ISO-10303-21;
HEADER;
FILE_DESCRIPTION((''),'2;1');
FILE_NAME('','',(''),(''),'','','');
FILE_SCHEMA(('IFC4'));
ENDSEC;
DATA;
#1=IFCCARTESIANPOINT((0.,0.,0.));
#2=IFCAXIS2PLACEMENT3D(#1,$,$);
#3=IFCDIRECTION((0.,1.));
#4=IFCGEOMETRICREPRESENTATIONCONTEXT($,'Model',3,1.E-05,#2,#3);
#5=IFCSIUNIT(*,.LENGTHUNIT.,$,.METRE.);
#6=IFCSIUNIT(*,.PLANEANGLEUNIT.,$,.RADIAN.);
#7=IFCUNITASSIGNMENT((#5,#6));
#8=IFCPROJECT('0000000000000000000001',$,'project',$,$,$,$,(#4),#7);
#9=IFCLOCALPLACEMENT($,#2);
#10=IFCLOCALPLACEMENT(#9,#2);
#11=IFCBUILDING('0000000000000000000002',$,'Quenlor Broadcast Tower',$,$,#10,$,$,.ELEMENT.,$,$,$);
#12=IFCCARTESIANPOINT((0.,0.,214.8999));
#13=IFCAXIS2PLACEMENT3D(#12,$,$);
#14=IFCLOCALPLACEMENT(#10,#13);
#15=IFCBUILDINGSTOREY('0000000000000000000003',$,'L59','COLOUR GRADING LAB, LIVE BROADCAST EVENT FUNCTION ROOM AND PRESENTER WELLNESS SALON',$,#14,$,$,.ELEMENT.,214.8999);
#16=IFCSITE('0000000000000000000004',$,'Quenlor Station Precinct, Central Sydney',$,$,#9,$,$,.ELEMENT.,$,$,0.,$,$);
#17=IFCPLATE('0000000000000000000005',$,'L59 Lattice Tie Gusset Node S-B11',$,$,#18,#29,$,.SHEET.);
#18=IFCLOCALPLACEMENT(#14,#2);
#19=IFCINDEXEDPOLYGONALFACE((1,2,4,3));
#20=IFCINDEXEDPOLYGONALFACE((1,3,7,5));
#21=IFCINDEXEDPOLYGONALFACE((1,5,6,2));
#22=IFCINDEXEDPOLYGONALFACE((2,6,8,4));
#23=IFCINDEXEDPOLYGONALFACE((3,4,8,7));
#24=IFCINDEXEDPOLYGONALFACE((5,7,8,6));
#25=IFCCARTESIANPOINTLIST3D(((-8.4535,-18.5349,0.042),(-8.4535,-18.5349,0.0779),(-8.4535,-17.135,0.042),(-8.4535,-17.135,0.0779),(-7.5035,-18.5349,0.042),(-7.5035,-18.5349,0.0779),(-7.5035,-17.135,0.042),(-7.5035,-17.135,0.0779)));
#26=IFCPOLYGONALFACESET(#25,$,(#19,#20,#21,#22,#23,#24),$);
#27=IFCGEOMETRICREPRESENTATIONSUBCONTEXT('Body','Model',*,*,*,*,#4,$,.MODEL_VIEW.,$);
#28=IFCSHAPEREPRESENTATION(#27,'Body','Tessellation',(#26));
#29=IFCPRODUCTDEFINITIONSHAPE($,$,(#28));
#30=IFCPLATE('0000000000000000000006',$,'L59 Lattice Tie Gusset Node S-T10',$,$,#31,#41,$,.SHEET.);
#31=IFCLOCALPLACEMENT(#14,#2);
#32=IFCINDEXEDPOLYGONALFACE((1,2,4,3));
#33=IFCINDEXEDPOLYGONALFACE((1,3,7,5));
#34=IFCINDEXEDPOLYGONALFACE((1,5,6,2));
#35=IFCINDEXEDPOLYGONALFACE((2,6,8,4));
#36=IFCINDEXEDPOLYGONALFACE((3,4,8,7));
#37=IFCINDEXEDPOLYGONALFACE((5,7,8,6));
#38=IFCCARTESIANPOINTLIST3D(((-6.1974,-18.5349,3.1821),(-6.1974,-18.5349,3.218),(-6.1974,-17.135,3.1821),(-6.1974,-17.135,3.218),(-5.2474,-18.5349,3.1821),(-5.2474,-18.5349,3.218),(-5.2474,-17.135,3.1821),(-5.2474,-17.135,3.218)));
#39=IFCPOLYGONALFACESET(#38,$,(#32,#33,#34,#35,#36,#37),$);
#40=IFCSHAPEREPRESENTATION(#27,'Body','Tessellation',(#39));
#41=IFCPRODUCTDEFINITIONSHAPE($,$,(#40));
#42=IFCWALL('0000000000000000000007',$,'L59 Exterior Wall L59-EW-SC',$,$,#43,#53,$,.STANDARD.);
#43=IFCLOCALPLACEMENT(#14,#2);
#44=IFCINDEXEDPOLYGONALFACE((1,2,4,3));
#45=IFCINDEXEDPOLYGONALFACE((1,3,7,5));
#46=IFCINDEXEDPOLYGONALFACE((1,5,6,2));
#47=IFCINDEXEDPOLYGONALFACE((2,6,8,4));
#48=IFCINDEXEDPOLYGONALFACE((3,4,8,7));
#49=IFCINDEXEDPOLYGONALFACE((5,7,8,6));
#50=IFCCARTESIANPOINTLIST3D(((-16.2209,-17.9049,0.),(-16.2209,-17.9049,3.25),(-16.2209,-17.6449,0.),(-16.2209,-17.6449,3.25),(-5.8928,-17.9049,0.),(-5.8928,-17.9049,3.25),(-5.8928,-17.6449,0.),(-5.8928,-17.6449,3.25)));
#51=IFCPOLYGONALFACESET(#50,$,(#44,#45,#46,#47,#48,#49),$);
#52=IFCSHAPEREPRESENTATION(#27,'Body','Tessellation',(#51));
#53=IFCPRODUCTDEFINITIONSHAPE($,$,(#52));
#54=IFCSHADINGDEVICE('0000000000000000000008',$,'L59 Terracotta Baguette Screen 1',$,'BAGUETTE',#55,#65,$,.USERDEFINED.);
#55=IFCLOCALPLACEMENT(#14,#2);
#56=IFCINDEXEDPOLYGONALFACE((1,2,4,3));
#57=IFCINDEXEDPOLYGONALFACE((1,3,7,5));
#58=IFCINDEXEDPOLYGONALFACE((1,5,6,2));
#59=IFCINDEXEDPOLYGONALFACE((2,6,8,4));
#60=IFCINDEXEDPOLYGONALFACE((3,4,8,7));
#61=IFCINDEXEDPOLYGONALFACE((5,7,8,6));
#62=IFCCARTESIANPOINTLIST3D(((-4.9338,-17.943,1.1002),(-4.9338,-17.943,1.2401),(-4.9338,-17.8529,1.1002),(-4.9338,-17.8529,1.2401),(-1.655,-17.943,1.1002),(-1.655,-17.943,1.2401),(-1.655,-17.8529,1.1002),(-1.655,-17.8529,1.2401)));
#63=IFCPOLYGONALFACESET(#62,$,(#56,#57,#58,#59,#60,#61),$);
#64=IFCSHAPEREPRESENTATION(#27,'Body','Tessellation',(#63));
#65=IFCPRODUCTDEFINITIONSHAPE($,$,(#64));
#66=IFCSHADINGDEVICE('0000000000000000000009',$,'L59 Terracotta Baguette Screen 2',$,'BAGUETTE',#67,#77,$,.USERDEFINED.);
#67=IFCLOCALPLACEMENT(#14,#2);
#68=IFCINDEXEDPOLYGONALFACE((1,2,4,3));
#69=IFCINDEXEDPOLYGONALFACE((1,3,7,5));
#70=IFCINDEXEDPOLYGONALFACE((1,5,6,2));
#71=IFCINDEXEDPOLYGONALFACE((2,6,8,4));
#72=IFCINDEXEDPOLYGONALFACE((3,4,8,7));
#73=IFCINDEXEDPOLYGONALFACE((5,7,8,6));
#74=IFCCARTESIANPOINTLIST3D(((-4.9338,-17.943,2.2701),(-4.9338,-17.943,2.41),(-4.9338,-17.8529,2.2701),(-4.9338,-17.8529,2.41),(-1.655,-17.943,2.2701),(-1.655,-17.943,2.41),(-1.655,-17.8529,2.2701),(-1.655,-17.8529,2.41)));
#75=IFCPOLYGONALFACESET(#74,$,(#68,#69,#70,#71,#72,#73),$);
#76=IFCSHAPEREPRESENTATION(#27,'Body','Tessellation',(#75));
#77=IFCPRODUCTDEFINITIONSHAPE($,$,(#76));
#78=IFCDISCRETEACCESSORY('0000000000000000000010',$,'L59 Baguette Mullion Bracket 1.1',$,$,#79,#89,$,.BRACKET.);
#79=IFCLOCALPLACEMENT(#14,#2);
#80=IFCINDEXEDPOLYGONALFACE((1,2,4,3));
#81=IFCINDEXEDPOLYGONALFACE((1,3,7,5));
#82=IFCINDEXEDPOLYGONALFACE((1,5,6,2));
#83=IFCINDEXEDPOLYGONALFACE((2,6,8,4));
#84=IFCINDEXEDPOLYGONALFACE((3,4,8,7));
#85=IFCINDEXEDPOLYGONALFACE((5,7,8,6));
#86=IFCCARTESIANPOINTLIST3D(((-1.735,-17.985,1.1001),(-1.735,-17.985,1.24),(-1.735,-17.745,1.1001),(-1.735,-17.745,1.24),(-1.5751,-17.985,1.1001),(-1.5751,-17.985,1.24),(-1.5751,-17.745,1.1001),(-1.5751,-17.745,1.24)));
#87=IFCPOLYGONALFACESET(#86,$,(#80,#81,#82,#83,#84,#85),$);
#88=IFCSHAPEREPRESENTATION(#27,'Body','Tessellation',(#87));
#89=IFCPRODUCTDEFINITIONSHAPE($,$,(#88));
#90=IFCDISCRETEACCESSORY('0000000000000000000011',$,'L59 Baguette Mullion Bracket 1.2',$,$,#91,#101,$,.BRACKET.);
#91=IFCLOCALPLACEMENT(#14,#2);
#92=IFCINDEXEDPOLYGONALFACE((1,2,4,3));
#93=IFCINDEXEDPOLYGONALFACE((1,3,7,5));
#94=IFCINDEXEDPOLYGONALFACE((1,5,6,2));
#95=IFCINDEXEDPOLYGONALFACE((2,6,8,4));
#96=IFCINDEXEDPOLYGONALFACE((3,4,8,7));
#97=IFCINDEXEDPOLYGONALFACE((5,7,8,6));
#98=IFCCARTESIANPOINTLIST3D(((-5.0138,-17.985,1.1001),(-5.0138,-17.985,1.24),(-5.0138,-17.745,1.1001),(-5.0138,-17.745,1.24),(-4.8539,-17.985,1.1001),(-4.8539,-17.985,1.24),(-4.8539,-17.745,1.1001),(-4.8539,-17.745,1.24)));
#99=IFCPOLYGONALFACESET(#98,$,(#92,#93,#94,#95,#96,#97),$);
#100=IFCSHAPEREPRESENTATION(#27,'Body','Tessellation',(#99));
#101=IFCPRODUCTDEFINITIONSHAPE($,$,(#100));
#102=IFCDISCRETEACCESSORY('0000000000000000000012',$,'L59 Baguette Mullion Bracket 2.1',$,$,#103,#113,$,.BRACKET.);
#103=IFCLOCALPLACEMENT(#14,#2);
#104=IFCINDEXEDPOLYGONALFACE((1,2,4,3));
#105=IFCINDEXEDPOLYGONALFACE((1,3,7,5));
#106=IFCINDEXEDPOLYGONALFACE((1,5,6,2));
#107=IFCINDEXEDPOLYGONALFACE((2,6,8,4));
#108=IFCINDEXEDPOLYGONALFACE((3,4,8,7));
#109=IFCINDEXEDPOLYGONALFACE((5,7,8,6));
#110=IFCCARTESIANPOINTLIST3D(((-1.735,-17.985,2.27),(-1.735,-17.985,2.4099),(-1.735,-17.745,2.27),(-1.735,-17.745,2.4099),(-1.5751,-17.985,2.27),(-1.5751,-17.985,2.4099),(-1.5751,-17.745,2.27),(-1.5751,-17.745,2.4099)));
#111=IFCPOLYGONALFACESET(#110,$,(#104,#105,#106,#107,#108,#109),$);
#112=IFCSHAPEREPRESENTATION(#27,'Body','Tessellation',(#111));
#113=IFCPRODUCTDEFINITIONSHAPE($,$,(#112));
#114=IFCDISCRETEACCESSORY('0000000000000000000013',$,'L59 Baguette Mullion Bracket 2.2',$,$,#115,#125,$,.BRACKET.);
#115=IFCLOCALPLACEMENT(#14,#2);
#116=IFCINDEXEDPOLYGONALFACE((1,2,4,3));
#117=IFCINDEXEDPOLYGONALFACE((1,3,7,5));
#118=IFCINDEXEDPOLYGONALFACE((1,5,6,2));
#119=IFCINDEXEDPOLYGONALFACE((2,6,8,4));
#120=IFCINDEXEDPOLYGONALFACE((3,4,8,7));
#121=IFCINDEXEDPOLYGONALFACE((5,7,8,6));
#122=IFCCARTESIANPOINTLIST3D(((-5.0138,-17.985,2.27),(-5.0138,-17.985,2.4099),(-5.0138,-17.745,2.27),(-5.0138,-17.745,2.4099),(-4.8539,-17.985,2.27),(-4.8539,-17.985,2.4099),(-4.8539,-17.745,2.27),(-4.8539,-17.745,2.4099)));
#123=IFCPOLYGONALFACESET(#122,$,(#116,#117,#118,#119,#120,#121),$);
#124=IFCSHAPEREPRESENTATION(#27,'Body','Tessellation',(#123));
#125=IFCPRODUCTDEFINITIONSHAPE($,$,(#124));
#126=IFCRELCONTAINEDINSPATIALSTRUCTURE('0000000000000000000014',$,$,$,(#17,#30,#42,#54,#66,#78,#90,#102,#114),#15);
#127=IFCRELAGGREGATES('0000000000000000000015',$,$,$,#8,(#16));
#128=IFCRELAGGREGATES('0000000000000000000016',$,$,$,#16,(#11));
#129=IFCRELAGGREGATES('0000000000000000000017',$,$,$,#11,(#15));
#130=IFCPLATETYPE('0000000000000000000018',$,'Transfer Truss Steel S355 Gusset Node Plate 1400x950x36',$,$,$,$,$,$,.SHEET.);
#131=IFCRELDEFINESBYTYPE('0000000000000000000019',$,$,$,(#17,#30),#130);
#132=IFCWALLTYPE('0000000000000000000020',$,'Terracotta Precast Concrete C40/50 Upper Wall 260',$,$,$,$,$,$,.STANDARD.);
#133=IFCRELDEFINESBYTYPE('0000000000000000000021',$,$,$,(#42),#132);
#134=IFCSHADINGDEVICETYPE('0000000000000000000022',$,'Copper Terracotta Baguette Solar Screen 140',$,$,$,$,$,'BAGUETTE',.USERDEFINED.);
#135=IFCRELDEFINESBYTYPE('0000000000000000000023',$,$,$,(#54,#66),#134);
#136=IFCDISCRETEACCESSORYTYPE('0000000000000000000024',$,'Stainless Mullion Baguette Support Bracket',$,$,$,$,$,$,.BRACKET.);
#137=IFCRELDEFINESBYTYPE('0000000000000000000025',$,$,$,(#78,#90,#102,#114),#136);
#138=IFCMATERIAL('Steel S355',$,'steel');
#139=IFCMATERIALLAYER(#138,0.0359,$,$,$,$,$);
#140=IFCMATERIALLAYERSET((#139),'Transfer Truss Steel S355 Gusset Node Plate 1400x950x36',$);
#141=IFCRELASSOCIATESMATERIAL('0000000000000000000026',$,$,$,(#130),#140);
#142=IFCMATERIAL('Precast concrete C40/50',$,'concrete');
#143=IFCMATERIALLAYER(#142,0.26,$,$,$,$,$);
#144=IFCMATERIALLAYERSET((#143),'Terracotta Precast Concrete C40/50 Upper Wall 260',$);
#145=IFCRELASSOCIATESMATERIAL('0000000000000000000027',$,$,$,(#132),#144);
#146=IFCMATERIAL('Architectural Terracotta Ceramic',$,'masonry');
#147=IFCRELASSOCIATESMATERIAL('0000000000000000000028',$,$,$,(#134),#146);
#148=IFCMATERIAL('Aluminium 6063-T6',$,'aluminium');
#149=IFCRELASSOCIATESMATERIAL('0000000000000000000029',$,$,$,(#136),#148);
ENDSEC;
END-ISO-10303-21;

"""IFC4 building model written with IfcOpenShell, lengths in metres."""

from ifc_helpers import new_model, si_unit, direction, frame, frame_2d, origin, origin_2d, place, context, subcontext, project, spatial, rectangle, extrude, material, layer, layer_set, material_profile, profile_set, type_object, element, save


model = new_model("IFC4")

# Units and contexts
model_context = context("Model", 3, precision=1e-05, world=origin(), true_north=direction((0.0, 1.0)))
body_context = subcontext(model_context, "Body", "Model", "MODEL_VIEW")
ifc_project = project(units=[si_unit("LENGTHUNIT", "METRE"), si_unit("PLANEANGLEUNIT", "RADIAN")], contexts=[model_context])

# Site, building, storey
site_placement = place(None, origin())
site = spatial("IfcSite", under=ifc_project, at=site_placement, Name="Quenlor Station Precinct, Central Sydney", CompositionType="ELEMENT", RefElevation=0.0)
building_placement = place(site_placement, origin())
building = spatial("IfcBuilding", under=site, at=building_placement, Name="Quenlor Broadcast Tower", CompositionType="ELEMENT")
storey_placement = place(building_placement, frame((0.0, 0.0, 214.8999)))
storey = spatial("IfcBuildingStorey", under=building, at=storey_placement, Name="L59", Description="COLOUR GRADING LAB, LIVE BROADCAST EVENT FUNCTION ROOM AND PRESENTER WELLNESS SALON", CompositionType="ELEMENT", Elevation=214.8999)

# Plates
ifc_material_1 = material(Name="Steel S355", Category="steel")
ifc_layer_1 = layer(ifc_material_1, 0.0359)
ifc_layer_set_1 = layer_set([ifc_layer_1], Name="Transfer Truss Steel S355 Gusset Node Plate 1400x950x36")
plate_type_1 = type_object("IfcPlateType", Name="Transfer Truss Steel S355 Gusset Node Plate 1400x950x36", PredefinedType="SHEET", material=ifc_layer_set_1)
for number, where, z_axis, x_axis, name in (
    (1, (-7.9785, -17.835, 0.042), (0.0, 0.0, 1.0), (0.0, -1.0, 0.0), "L59 Lattice Tie Gusset Node S-B11"),
    (2, (-5.7224, -17.835, 3.1821), (0.0, 0.0, 1.0), (0.0, -1.0, 0.0), "L59 Lattice Tie Gusset Node S-T10"),
):
    element("IfcPlate", number, at=place(storey_placement, frame(where, z_axis=z_axis, x_axis=x_axis)), inside=storey, type_object=plate_type_1, Name=name, PredefinedType="SHEET", context=body_context, shape_type="SweptSolid", body=[
        extrude(rectangle(XDim=1.3999, YDim=0.95, at=origin_2d()), origin(), (0.0, 0.0, 1.0), 0.0359),
    ])

# Wall
ifc_material_2 = material(Name="Precast concrete C40/50", Category="concrete")
ifc_layer_2 = layer(ifc_material_2, 0.26)
ifc_layer_set_2 = layer_set([ifc_layer_2], Name="Terracotta Precast Concrete C40/50 Upper Wall 260")
wall_type = type_object("IfcWallType", Name="Terracotta Precast Concrete C40/50 Upper Wall 260", PredefinedType="STANDARD", material=ifc_layer_set_2)
wall_placement = place(storey_placement, frame((-5.8928, -17.7749, 0.0), z_axis=(0.0, 0.0, 1.0), x_axis=(-1.0, 0.0, 0.0)))
element("IfcWall", 3, at=wall_placement, inside=storey, type_object=wall_type, Name="L59 Exterior Wall L59-EW-SC", PredefinedType="STANDARD", context=body_context, shape_type="SweptSolid", body=[
    extrude(rectangle(XDim=10.3281, YDim=0.26, at=frame_2d((5.1641, 0.0))), origin(), (0.0, 0.0, 1.0), 3.25),
])

# Shading devices
ifc_material_3 = material(Name="Architectural Terracotta Ceramic", Category="masonry")
ifc_material_profile_1 = material_profile(ifc_material_3, rectangle(XDim=0.0901, YDim=0.1399, at=origin_2d()))
ifc_profile_set_1 = profile_set([ifc_material_profile_1], Name="Architectural Terracotta Ceramic BAG90x140")
shading_device_type = type_object("IfcShadingDeviceType", Name="Copper Terracotta Baguette Solar Screen 140", ElementType="BAGUETTE", PredefinedType="USERDEFINED", material=ifc_profile_set_1)
for number, where, z_axis, x_axis, name in (
    (4, (-1.655, -17.8979, 1.1702), (-1.0, 0.0, 0.0), (0.0, -1.0, 0.0), "L59 Terracotta Baguette Screen 1"),
    (5, (-1.655, -17.8979, 2.3401), (-1.0, 0.0, 0.0), (0.0, -1.0, 0.0), "L59 Terracotta Baguette Screen 2"),
):
    element("IfcShadingDevice", number, at=place(storey_placement, frame(where, z_axis=z_axis, x_axis=x_axis)), inside=storey, type_object=shading_device_type, Name=name, ObjectType="BAGUETTE", PredefinedType="USERDEFINED", context=body_context, shape_type="SweptSolid", body=[
        extrude(rectangle(XDim=0.0901, YDim=0.1399, at=origin_2d()), origin(), (0.0, 0.0, 1.0), 3.2788),
    ])

# Discrete accessories
ifc_material_4 = material(Name="Aluminium 6063-T6", Category="aluminium")
discrete_accessory_type = type_object("IfcDiscreteAccessoryType", Name="Stainless Mullion Baguette Support Bracket", PredefinedType="BRACKET", material=ifc_material_4)
for number, where, z_axis, x_axis, name in (
    (6, (-1.655, -17.865, 1.1001), (0.0, 0.0, 1.0), (-1.0, 0.0, 0.0), "L59 Baguette Mullion Bracket 1.1"),
    (7, (-4.9338, -17.865, 1.1001), (0.0, 0.0, 1.0), (-1.0, 0.0, 0.0), "L59 Baguette Mullion Bracket 1.2"),
    (8, (-1.655, -17.865, 2.27), (0.0, 0.0, 1.0), (-1.0, 0.0, 0.0), "L59 Baguette Mullion Bracket 2.1"),
    (9, (-4.9338, -17.865, 2.27), (0.0, 0.0, 1.0), (-1.0, 0.0, 0.0), "L59 Baguette Mullion Bracket 2.2"),
):
    element("IfcDiscreteAccessory", number, at=place(storey_placement, frame(where, z_axis=z_axis, x_axis=x_axis)), inside=storey, type_object=discrete_accessory_type, Name=name, PredefinedType="BRACKET", context=body_context, shape_type="SweptSolid", body=[
        extrude(rectangle(XDim=0.1599, YDim=0.24, at=origin_2d()), origin(), (0.0, 0.0, 1.0), 0.1399),
    ])

save(model, "model.ifc")
